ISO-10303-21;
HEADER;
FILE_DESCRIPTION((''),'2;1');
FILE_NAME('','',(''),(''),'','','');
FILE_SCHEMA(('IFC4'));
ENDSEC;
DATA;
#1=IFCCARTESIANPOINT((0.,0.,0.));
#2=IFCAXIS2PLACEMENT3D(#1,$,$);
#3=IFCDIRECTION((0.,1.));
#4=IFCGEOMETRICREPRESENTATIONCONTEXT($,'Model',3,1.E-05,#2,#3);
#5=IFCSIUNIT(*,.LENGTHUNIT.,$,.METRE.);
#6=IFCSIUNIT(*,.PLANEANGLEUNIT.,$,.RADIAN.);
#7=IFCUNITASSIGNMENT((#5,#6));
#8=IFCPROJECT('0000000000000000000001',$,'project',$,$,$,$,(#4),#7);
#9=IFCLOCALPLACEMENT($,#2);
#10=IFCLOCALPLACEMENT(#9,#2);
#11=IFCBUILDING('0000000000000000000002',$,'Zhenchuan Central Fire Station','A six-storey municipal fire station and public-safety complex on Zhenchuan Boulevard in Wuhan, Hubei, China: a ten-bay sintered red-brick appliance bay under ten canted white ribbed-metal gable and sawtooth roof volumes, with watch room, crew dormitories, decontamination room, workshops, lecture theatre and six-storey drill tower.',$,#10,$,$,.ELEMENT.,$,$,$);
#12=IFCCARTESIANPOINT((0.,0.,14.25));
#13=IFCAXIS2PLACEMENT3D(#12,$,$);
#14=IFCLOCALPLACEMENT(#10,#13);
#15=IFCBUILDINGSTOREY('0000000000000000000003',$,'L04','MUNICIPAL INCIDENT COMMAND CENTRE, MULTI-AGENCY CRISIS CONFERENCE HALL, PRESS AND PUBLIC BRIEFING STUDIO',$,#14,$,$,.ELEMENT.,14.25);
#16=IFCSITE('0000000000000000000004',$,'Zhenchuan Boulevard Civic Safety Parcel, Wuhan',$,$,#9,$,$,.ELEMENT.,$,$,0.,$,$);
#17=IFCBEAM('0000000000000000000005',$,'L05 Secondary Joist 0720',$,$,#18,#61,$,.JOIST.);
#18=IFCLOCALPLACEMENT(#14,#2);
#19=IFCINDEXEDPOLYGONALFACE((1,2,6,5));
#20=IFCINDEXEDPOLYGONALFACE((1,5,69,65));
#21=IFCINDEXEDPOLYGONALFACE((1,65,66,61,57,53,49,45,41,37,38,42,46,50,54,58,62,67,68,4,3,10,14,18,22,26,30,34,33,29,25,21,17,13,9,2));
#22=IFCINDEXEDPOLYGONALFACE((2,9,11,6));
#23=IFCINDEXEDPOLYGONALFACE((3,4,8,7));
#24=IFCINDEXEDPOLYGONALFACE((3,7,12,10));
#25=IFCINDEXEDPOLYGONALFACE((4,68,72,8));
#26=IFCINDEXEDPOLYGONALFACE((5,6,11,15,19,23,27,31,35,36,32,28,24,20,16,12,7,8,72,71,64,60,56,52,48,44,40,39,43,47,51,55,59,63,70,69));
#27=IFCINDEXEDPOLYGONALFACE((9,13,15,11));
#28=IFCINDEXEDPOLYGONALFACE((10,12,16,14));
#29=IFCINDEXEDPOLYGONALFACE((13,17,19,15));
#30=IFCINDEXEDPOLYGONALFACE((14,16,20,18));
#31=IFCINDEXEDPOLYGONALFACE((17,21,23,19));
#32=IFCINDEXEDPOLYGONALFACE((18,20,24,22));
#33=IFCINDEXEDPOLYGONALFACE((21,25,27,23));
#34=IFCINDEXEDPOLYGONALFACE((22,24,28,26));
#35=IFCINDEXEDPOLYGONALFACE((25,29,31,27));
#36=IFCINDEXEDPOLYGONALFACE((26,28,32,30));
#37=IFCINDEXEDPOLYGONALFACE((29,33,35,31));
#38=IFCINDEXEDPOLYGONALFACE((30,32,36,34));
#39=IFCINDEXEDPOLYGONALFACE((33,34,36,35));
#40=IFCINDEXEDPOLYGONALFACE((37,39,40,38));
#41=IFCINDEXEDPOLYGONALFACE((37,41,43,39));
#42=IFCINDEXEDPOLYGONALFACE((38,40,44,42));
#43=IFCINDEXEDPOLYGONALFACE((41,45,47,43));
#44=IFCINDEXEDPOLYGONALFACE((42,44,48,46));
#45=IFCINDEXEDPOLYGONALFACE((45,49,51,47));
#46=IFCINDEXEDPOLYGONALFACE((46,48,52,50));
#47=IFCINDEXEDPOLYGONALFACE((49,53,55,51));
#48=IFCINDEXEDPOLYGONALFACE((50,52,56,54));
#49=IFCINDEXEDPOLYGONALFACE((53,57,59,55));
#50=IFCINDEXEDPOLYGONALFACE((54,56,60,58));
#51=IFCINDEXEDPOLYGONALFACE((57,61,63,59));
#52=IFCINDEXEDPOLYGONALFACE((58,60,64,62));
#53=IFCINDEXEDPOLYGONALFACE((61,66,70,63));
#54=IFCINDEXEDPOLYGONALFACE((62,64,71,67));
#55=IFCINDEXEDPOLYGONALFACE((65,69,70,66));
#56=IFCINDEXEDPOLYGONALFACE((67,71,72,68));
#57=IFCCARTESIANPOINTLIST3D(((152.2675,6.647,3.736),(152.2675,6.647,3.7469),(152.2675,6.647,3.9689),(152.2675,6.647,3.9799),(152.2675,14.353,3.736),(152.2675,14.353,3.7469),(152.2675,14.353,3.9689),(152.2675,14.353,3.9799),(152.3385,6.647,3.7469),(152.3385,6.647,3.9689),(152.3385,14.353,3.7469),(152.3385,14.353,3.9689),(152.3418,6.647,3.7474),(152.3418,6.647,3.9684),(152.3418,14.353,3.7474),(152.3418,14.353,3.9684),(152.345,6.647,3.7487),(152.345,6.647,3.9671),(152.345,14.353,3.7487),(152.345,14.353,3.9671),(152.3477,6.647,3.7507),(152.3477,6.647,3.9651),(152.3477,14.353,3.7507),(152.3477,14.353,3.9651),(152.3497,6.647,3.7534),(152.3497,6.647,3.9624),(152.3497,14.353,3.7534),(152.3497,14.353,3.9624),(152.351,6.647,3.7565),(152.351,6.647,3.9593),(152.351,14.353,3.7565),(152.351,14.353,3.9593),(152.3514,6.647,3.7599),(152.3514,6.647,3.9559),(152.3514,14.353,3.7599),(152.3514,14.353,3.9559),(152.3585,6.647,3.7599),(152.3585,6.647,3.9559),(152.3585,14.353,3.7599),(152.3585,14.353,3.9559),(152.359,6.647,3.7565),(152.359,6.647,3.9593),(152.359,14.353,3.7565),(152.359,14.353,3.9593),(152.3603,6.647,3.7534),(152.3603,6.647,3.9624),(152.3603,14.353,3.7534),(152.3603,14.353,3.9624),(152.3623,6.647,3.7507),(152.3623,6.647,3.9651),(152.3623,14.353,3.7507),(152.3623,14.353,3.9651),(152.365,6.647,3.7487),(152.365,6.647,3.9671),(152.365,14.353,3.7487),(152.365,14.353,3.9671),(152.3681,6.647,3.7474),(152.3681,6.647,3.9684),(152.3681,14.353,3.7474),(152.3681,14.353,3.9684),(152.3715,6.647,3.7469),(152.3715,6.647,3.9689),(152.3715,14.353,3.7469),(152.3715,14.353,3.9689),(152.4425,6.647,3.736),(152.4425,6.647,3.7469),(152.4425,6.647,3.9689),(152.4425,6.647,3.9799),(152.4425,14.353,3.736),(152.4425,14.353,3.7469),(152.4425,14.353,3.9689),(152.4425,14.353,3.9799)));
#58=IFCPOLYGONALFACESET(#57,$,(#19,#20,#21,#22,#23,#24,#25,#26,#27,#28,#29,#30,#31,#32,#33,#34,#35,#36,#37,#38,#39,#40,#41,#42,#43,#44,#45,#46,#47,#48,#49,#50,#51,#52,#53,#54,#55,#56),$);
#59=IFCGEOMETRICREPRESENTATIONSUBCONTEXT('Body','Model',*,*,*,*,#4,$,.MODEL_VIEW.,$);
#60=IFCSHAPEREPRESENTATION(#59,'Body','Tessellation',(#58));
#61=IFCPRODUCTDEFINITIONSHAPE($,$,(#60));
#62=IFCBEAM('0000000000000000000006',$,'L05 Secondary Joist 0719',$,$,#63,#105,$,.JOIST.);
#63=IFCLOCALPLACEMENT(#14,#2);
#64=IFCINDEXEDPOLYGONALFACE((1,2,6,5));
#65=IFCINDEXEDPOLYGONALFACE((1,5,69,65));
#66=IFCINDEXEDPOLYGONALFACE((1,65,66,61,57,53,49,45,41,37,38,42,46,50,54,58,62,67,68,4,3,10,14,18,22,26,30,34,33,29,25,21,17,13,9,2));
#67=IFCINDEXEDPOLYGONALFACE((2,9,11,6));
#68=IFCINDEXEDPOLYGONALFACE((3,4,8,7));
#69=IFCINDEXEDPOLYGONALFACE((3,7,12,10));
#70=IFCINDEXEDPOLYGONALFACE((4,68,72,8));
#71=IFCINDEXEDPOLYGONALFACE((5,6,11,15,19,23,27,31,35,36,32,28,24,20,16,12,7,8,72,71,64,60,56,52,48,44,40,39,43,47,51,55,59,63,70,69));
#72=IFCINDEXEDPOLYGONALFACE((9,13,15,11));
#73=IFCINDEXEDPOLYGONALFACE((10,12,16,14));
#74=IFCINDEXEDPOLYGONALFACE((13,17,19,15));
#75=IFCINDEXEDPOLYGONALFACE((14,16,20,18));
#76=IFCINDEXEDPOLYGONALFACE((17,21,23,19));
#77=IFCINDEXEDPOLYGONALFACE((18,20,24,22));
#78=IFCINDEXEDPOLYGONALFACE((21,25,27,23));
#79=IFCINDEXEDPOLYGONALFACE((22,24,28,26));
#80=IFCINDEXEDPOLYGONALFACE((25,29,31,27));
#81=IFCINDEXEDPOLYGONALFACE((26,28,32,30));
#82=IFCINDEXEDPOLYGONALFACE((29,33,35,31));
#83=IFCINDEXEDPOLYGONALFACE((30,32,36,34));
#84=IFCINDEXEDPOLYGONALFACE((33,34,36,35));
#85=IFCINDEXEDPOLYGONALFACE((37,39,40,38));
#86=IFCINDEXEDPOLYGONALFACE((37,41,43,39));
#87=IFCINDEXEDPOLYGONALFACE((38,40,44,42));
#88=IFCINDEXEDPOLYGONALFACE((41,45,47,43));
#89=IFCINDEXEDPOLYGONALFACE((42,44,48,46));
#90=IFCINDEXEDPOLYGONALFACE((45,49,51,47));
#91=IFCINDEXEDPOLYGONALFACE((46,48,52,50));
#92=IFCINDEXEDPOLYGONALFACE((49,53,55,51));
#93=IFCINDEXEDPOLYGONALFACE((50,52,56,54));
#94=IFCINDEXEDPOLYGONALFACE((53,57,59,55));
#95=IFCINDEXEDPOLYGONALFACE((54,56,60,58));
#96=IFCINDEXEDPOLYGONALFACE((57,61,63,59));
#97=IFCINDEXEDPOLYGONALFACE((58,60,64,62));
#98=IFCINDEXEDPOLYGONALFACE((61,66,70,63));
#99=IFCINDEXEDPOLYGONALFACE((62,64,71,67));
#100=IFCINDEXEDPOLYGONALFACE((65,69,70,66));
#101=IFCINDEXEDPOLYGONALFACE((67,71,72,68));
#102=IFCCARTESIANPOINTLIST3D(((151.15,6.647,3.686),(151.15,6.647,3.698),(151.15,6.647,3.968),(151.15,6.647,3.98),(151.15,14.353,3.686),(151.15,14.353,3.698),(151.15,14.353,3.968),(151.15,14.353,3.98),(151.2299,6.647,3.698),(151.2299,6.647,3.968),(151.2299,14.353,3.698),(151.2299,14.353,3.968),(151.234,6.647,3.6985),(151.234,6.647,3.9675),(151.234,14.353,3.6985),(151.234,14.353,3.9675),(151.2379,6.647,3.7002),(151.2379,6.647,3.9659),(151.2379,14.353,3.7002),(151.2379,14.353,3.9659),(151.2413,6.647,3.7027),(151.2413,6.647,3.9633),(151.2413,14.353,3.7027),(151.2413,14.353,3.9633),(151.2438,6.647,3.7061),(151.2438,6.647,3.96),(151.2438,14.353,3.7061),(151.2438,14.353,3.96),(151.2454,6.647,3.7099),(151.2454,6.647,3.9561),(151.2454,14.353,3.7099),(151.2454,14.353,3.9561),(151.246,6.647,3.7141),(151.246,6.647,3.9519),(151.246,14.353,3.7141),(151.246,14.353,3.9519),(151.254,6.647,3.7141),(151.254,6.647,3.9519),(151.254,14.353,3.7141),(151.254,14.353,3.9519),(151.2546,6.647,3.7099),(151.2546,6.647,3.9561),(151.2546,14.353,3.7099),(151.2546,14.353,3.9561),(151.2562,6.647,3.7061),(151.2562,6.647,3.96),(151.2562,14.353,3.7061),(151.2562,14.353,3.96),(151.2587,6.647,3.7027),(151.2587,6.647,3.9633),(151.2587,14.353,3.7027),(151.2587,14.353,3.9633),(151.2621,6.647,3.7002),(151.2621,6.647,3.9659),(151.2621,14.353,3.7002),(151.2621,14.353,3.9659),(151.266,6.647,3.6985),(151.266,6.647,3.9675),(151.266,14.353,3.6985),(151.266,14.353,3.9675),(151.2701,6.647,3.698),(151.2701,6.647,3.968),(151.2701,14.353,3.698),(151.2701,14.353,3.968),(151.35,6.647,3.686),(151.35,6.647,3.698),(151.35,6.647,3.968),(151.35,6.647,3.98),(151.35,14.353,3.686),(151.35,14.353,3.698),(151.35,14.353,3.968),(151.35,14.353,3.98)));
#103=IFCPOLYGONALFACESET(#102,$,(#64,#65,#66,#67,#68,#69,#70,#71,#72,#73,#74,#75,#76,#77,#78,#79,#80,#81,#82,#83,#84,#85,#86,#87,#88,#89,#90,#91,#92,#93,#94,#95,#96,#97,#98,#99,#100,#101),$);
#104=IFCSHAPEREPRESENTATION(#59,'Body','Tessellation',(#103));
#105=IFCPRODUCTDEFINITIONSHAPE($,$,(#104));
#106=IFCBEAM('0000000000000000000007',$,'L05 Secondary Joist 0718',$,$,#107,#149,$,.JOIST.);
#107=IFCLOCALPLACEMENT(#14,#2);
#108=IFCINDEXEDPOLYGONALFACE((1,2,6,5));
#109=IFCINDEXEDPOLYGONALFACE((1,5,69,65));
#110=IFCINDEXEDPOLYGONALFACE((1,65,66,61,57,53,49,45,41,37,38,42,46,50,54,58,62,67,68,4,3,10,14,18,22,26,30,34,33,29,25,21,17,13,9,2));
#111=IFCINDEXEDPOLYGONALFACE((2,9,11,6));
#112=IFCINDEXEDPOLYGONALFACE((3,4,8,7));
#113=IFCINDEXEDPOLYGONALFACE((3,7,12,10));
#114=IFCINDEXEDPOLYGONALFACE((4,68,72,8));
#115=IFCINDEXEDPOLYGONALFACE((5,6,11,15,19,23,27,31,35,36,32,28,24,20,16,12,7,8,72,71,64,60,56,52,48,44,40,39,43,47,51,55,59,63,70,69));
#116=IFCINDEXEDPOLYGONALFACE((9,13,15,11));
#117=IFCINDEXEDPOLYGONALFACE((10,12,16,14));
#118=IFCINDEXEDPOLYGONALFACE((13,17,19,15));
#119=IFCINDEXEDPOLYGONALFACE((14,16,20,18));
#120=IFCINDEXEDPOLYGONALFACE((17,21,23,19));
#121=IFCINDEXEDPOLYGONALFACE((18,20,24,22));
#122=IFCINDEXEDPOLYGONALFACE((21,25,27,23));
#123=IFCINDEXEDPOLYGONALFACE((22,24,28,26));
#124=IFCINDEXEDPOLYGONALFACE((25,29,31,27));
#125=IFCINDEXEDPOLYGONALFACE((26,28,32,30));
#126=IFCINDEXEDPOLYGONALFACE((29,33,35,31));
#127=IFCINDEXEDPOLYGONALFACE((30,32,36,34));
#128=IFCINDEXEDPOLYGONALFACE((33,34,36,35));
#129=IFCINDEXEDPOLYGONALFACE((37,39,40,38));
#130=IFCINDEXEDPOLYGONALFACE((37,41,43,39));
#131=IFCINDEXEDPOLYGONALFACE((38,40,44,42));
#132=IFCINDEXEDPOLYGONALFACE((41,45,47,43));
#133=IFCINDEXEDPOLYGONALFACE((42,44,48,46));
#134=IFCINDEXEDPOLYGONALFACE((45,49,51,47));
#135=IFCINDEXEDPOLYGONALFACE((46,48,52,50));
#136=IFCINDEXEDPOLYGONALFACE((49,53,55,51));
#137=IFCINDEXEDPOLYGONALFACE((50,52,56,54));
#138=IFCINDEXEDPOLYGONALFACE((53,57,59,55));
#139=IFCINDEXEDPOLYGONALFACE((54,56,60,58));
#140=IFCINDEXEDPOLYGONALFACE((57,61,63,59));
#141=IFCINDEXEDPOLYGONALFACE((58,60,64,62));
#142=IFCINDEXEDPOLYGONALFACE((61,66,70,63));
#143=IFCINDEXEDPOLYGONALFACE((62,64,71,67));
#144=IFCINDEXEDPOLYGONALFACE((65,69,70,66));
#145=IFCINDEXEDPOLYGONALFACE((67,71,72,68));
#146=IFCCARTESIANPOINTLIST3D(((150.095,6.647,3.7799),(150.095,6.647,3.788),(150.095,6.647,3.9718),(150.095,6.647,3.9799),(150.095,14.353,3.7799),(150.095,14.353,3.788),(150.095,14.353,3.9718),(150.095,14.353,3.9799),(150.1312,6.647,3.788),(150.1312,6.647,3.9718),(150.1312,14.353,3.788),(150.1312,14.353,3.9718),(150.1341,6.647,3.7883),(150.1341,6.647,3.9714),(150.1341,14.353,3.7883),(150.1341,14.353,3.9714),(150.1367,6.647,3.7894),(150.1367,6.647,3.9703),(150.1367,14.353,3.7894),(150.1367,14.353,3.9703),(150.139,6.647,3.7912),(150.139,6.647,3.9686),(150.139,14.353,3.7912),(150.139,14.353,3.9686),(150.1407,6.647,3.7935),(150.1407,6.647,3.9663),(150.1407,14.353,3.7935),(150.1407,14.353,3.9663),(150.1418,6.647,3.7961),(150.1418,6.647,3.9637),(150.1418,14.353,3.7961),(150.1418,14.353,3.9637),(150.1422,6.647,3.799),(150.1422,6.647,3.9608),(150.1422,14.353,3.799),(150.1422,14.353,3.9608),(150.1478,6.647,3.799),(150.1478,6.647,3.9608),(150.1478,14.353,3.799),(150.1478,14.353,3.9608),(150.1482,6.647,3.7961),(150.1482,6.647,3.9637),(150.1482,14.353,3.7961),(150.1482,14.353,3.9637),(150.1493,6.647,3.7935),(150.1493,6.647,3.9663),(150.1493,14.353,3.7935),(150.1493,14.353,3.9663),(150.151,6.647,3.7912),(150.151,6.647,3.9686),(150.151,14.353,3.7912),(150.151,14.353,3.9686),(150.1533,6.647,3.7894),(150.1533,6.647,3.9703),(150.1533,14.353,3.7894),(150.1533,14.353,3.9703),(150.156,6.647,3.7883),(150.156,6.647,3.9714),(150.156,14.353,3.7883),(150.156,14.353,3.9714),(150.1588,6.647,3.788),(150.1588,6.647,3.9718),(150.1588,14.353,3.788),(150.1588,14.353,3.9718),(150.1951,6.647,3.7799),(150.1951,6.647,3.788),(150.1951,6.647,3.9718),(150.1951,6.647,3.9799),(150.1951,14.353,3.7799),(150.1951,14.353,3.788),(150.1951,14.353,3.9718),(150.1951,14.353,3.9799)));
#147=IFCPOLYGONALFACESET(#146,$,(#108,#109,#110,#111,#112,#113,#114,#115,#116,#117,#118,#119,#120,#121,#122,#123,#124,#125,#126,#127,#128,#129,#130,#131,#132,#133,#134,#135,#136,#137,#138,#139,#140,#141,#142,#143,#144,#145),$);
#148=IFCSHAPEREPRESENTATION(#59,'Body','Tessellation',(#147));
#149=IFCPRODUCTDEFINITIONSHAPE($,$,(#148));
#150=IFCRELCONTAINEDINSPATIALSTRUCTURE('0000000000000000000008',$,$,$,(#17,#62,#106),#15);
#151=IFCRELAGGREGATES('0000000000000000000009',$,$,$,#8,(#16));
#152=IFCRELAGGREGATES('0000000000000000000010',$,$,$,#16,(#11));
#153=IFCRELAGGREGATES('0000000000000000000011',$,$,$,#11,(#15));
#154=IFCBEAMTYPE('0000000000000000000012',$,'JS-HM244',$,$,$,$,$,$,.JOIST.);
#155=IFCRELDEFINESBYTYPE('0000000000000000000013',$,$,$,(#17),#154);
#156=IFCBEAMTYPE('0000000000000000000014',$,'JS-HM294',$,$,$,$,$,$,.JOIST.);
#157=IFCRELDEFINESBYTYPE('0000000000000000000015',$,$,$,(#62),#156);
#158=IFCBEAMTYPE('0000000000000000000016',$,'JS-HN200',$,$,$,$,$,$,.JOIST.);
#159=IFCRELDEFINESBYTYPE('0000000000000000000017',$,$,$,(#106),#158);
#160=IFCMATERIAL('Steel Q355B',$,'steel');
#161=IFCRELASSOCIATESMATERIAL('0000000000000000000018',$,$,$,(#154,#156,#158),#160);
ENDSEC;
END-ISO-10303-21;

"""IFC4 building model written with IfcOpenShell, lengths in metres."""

from ifc_helpers import new_model, si_unit, direction, frame, origin, origin_2d, place, context, subcontext, project, spatial, i_section, extrude, material, material_profile, profile_set, type_object, element, save


model = new_model("IFC4")

# Units and contexts
model_context = context("Model", 3, precision=1e-05, world=origin(), true_north=direction((0.0, 1.0)))
body_context = subcontext(model_context, "Body", "Model", "MODEL_VIEW")
ifc_project = project(units=[si_unit("LENGTHUNIT", "METRE"), si_unit("PLANEANGLEUNIT", "RADIAN")], contexts=[model_context])

# Site, building, storey
site_placement = place(None, origin())
site = spatial("IfcSite", under=ifc_project, at=site_placement, Name="Zhenchuan Boulevard Civic Safety Parcel, Wuhan", CompositionType="ELEMENT", RefElevation=0.0)
building_placement = place(site_placement, origin())
building = spatial("IfcBuilding", under=site, at=building_placement, Name="Zhenchuan Central Fire Station", Description="A six-storey municipal fire station and public-safety complex on Zhenchuan Boulevard in Wuhan, Hubei, China: a ten-bay sintered red-brick appliance bay under ten canted white ribbed-metal gable and sawtooth roof volumes, with watch room, crew dormitories, decontamination room, workshops, lecture theatre and six-storey drill tower.", CompositionType="ELEMENT")
storey_placement = place(building_placement, frame((0.0, 0.0, 14.25)))
storey = spatial("IfcBuildingStorey", under=building, at=storey_placement, Name="L04", Description="MUNICIPAL INCIDENT COMMAND CENTRE, MULTI-AGENCY CRISIS CONFERENCE HALL, PRESS AND PUBLIC BRIEFING STUDIO", CompositionType="ELEMENT", Elevation=14.25)

# Shared definitions
ifc_material_1 = material(Name="Steel Q355B", Category="steel")

# Beams
ifc_material_profile_1 = material_profile(ifc_material_1, i_section(OverallWidth=0.175, OverallDepth=0.2439, WebThickness=0.0071, FlangeThickness=0.011, FilletRadius=0.0129, at=origin_2d()), Name="HM 244x175")
ifc_profile_set_1 = profile_set([ifc_material_profile_1], Name="Steel Q355B")
beam_type_1 = type_object("IfcBeamType", Name="JS-HM244", PredefinedType="JOIST", material=ifc_profile_set_1)
beam_1_placement = place(storey_placement, frame((152.355, 6.647, 3.8579), z_axis=(0.0, 1.0, 0.0), x_axis=(-1.0, 0.0, 0.0)))
element("IfcBeam", 1, at=beam_1_placement, inside=storey, type_object=beam_type_1, Name="L05 Secondary Joist 0720", PredefinedType="JOIST", context=body_context, shape_type="SweptSolid", body=[
    extrude(i_section(OverallWidth=0.175, OverallDepth=0.2439, WebThickness=0.0071, FlangeThickness=0.011, FilletRadius=0.0129, at=origin_2d()), origin(), (0.0, 0.0, 1.0), 7.7061),
])
ifc_material_profile_2 = material_profile(ifc_material_1, i_section(OverallWidth=0.2, OverallDepth=0.2939, WebThickness=0.0081, FlangeThickness=0.012, FilletRadius=0.0161, at=origin_2d()), Name="HM 294x200")
ifc_profile_set_2 = profile_set([ifc_material_profile_2], Name="Steel Q355B")
beam_type_2 = type_object("IfcBeamType", Name="JS-HM294", PredefinedType="JOIST", material=ifc_profile_set_2)
beam_2_placement = place(storey_placement, frame((151.25, 6.647, 3.833), z_axis=(0.0, 1.0, 0.0), x_axis=(-1.0, 0.0, 0.0)))
element("IfcBeam", 2, at=beam_2_placement, inside=storey, type_object=beam_type_2, Name="L05 Secondary Joist 0719", PredefinedType="JOIST", context=body_context, shape_type="SweptSolid", body=[
    extrude(i_section(OverallWidth=0.2, OverallDepth=0.2939, WebThickness=0.0081, FlangeThickness=0.012, FilletRadius=0.0161, at=origin_2d()), origin(), (0.0, 0.0, 1.0), 7.7061),
])
ifc_material_profile_3 = material_profile(ifc_material_1, i_section(OverallWidth=0.1001, OverallDepth=0.2, WebThickness=0.0056, FlangeThickness=0.0081, FilletRadius=0.011, at=origin_2d()), Name="HN 200x100")
ifc_profile_set_3 = profile_set([ifc_material_profile_3], Name="Steel Q355B")
beam_type_3 = type_object("IfcBeamType", Name="JS-HN200", PredefinedType="JOIST", material=ifc_profile_set_3)
beam_3_placement = place(storey_placement, frame((150.145, 6.647, 3.8799), z_axis=(0.0, 1.0, 0.0), x_axis=(-1.0, 0.0, 0.0)))
element("IfcBeam", 3, at=beam_3_placement, inside=storey, type_object=beam_type_3, Name="L05 Secondary Joist 0718", PredefinedType="JOIST", context=body_context, shape_type="SweptSolid", body=[
    extrude(i_section(OverallWidth=0.1001, OverallDepth=0.2, WebThickness=0.0056, FlangeThickness=0.0081, FilletRadius=0.011, at=origin_2d()), origin(), (0.0, 0.0, 1.0), 7.7061),
])

save(model, "model.ifc")
